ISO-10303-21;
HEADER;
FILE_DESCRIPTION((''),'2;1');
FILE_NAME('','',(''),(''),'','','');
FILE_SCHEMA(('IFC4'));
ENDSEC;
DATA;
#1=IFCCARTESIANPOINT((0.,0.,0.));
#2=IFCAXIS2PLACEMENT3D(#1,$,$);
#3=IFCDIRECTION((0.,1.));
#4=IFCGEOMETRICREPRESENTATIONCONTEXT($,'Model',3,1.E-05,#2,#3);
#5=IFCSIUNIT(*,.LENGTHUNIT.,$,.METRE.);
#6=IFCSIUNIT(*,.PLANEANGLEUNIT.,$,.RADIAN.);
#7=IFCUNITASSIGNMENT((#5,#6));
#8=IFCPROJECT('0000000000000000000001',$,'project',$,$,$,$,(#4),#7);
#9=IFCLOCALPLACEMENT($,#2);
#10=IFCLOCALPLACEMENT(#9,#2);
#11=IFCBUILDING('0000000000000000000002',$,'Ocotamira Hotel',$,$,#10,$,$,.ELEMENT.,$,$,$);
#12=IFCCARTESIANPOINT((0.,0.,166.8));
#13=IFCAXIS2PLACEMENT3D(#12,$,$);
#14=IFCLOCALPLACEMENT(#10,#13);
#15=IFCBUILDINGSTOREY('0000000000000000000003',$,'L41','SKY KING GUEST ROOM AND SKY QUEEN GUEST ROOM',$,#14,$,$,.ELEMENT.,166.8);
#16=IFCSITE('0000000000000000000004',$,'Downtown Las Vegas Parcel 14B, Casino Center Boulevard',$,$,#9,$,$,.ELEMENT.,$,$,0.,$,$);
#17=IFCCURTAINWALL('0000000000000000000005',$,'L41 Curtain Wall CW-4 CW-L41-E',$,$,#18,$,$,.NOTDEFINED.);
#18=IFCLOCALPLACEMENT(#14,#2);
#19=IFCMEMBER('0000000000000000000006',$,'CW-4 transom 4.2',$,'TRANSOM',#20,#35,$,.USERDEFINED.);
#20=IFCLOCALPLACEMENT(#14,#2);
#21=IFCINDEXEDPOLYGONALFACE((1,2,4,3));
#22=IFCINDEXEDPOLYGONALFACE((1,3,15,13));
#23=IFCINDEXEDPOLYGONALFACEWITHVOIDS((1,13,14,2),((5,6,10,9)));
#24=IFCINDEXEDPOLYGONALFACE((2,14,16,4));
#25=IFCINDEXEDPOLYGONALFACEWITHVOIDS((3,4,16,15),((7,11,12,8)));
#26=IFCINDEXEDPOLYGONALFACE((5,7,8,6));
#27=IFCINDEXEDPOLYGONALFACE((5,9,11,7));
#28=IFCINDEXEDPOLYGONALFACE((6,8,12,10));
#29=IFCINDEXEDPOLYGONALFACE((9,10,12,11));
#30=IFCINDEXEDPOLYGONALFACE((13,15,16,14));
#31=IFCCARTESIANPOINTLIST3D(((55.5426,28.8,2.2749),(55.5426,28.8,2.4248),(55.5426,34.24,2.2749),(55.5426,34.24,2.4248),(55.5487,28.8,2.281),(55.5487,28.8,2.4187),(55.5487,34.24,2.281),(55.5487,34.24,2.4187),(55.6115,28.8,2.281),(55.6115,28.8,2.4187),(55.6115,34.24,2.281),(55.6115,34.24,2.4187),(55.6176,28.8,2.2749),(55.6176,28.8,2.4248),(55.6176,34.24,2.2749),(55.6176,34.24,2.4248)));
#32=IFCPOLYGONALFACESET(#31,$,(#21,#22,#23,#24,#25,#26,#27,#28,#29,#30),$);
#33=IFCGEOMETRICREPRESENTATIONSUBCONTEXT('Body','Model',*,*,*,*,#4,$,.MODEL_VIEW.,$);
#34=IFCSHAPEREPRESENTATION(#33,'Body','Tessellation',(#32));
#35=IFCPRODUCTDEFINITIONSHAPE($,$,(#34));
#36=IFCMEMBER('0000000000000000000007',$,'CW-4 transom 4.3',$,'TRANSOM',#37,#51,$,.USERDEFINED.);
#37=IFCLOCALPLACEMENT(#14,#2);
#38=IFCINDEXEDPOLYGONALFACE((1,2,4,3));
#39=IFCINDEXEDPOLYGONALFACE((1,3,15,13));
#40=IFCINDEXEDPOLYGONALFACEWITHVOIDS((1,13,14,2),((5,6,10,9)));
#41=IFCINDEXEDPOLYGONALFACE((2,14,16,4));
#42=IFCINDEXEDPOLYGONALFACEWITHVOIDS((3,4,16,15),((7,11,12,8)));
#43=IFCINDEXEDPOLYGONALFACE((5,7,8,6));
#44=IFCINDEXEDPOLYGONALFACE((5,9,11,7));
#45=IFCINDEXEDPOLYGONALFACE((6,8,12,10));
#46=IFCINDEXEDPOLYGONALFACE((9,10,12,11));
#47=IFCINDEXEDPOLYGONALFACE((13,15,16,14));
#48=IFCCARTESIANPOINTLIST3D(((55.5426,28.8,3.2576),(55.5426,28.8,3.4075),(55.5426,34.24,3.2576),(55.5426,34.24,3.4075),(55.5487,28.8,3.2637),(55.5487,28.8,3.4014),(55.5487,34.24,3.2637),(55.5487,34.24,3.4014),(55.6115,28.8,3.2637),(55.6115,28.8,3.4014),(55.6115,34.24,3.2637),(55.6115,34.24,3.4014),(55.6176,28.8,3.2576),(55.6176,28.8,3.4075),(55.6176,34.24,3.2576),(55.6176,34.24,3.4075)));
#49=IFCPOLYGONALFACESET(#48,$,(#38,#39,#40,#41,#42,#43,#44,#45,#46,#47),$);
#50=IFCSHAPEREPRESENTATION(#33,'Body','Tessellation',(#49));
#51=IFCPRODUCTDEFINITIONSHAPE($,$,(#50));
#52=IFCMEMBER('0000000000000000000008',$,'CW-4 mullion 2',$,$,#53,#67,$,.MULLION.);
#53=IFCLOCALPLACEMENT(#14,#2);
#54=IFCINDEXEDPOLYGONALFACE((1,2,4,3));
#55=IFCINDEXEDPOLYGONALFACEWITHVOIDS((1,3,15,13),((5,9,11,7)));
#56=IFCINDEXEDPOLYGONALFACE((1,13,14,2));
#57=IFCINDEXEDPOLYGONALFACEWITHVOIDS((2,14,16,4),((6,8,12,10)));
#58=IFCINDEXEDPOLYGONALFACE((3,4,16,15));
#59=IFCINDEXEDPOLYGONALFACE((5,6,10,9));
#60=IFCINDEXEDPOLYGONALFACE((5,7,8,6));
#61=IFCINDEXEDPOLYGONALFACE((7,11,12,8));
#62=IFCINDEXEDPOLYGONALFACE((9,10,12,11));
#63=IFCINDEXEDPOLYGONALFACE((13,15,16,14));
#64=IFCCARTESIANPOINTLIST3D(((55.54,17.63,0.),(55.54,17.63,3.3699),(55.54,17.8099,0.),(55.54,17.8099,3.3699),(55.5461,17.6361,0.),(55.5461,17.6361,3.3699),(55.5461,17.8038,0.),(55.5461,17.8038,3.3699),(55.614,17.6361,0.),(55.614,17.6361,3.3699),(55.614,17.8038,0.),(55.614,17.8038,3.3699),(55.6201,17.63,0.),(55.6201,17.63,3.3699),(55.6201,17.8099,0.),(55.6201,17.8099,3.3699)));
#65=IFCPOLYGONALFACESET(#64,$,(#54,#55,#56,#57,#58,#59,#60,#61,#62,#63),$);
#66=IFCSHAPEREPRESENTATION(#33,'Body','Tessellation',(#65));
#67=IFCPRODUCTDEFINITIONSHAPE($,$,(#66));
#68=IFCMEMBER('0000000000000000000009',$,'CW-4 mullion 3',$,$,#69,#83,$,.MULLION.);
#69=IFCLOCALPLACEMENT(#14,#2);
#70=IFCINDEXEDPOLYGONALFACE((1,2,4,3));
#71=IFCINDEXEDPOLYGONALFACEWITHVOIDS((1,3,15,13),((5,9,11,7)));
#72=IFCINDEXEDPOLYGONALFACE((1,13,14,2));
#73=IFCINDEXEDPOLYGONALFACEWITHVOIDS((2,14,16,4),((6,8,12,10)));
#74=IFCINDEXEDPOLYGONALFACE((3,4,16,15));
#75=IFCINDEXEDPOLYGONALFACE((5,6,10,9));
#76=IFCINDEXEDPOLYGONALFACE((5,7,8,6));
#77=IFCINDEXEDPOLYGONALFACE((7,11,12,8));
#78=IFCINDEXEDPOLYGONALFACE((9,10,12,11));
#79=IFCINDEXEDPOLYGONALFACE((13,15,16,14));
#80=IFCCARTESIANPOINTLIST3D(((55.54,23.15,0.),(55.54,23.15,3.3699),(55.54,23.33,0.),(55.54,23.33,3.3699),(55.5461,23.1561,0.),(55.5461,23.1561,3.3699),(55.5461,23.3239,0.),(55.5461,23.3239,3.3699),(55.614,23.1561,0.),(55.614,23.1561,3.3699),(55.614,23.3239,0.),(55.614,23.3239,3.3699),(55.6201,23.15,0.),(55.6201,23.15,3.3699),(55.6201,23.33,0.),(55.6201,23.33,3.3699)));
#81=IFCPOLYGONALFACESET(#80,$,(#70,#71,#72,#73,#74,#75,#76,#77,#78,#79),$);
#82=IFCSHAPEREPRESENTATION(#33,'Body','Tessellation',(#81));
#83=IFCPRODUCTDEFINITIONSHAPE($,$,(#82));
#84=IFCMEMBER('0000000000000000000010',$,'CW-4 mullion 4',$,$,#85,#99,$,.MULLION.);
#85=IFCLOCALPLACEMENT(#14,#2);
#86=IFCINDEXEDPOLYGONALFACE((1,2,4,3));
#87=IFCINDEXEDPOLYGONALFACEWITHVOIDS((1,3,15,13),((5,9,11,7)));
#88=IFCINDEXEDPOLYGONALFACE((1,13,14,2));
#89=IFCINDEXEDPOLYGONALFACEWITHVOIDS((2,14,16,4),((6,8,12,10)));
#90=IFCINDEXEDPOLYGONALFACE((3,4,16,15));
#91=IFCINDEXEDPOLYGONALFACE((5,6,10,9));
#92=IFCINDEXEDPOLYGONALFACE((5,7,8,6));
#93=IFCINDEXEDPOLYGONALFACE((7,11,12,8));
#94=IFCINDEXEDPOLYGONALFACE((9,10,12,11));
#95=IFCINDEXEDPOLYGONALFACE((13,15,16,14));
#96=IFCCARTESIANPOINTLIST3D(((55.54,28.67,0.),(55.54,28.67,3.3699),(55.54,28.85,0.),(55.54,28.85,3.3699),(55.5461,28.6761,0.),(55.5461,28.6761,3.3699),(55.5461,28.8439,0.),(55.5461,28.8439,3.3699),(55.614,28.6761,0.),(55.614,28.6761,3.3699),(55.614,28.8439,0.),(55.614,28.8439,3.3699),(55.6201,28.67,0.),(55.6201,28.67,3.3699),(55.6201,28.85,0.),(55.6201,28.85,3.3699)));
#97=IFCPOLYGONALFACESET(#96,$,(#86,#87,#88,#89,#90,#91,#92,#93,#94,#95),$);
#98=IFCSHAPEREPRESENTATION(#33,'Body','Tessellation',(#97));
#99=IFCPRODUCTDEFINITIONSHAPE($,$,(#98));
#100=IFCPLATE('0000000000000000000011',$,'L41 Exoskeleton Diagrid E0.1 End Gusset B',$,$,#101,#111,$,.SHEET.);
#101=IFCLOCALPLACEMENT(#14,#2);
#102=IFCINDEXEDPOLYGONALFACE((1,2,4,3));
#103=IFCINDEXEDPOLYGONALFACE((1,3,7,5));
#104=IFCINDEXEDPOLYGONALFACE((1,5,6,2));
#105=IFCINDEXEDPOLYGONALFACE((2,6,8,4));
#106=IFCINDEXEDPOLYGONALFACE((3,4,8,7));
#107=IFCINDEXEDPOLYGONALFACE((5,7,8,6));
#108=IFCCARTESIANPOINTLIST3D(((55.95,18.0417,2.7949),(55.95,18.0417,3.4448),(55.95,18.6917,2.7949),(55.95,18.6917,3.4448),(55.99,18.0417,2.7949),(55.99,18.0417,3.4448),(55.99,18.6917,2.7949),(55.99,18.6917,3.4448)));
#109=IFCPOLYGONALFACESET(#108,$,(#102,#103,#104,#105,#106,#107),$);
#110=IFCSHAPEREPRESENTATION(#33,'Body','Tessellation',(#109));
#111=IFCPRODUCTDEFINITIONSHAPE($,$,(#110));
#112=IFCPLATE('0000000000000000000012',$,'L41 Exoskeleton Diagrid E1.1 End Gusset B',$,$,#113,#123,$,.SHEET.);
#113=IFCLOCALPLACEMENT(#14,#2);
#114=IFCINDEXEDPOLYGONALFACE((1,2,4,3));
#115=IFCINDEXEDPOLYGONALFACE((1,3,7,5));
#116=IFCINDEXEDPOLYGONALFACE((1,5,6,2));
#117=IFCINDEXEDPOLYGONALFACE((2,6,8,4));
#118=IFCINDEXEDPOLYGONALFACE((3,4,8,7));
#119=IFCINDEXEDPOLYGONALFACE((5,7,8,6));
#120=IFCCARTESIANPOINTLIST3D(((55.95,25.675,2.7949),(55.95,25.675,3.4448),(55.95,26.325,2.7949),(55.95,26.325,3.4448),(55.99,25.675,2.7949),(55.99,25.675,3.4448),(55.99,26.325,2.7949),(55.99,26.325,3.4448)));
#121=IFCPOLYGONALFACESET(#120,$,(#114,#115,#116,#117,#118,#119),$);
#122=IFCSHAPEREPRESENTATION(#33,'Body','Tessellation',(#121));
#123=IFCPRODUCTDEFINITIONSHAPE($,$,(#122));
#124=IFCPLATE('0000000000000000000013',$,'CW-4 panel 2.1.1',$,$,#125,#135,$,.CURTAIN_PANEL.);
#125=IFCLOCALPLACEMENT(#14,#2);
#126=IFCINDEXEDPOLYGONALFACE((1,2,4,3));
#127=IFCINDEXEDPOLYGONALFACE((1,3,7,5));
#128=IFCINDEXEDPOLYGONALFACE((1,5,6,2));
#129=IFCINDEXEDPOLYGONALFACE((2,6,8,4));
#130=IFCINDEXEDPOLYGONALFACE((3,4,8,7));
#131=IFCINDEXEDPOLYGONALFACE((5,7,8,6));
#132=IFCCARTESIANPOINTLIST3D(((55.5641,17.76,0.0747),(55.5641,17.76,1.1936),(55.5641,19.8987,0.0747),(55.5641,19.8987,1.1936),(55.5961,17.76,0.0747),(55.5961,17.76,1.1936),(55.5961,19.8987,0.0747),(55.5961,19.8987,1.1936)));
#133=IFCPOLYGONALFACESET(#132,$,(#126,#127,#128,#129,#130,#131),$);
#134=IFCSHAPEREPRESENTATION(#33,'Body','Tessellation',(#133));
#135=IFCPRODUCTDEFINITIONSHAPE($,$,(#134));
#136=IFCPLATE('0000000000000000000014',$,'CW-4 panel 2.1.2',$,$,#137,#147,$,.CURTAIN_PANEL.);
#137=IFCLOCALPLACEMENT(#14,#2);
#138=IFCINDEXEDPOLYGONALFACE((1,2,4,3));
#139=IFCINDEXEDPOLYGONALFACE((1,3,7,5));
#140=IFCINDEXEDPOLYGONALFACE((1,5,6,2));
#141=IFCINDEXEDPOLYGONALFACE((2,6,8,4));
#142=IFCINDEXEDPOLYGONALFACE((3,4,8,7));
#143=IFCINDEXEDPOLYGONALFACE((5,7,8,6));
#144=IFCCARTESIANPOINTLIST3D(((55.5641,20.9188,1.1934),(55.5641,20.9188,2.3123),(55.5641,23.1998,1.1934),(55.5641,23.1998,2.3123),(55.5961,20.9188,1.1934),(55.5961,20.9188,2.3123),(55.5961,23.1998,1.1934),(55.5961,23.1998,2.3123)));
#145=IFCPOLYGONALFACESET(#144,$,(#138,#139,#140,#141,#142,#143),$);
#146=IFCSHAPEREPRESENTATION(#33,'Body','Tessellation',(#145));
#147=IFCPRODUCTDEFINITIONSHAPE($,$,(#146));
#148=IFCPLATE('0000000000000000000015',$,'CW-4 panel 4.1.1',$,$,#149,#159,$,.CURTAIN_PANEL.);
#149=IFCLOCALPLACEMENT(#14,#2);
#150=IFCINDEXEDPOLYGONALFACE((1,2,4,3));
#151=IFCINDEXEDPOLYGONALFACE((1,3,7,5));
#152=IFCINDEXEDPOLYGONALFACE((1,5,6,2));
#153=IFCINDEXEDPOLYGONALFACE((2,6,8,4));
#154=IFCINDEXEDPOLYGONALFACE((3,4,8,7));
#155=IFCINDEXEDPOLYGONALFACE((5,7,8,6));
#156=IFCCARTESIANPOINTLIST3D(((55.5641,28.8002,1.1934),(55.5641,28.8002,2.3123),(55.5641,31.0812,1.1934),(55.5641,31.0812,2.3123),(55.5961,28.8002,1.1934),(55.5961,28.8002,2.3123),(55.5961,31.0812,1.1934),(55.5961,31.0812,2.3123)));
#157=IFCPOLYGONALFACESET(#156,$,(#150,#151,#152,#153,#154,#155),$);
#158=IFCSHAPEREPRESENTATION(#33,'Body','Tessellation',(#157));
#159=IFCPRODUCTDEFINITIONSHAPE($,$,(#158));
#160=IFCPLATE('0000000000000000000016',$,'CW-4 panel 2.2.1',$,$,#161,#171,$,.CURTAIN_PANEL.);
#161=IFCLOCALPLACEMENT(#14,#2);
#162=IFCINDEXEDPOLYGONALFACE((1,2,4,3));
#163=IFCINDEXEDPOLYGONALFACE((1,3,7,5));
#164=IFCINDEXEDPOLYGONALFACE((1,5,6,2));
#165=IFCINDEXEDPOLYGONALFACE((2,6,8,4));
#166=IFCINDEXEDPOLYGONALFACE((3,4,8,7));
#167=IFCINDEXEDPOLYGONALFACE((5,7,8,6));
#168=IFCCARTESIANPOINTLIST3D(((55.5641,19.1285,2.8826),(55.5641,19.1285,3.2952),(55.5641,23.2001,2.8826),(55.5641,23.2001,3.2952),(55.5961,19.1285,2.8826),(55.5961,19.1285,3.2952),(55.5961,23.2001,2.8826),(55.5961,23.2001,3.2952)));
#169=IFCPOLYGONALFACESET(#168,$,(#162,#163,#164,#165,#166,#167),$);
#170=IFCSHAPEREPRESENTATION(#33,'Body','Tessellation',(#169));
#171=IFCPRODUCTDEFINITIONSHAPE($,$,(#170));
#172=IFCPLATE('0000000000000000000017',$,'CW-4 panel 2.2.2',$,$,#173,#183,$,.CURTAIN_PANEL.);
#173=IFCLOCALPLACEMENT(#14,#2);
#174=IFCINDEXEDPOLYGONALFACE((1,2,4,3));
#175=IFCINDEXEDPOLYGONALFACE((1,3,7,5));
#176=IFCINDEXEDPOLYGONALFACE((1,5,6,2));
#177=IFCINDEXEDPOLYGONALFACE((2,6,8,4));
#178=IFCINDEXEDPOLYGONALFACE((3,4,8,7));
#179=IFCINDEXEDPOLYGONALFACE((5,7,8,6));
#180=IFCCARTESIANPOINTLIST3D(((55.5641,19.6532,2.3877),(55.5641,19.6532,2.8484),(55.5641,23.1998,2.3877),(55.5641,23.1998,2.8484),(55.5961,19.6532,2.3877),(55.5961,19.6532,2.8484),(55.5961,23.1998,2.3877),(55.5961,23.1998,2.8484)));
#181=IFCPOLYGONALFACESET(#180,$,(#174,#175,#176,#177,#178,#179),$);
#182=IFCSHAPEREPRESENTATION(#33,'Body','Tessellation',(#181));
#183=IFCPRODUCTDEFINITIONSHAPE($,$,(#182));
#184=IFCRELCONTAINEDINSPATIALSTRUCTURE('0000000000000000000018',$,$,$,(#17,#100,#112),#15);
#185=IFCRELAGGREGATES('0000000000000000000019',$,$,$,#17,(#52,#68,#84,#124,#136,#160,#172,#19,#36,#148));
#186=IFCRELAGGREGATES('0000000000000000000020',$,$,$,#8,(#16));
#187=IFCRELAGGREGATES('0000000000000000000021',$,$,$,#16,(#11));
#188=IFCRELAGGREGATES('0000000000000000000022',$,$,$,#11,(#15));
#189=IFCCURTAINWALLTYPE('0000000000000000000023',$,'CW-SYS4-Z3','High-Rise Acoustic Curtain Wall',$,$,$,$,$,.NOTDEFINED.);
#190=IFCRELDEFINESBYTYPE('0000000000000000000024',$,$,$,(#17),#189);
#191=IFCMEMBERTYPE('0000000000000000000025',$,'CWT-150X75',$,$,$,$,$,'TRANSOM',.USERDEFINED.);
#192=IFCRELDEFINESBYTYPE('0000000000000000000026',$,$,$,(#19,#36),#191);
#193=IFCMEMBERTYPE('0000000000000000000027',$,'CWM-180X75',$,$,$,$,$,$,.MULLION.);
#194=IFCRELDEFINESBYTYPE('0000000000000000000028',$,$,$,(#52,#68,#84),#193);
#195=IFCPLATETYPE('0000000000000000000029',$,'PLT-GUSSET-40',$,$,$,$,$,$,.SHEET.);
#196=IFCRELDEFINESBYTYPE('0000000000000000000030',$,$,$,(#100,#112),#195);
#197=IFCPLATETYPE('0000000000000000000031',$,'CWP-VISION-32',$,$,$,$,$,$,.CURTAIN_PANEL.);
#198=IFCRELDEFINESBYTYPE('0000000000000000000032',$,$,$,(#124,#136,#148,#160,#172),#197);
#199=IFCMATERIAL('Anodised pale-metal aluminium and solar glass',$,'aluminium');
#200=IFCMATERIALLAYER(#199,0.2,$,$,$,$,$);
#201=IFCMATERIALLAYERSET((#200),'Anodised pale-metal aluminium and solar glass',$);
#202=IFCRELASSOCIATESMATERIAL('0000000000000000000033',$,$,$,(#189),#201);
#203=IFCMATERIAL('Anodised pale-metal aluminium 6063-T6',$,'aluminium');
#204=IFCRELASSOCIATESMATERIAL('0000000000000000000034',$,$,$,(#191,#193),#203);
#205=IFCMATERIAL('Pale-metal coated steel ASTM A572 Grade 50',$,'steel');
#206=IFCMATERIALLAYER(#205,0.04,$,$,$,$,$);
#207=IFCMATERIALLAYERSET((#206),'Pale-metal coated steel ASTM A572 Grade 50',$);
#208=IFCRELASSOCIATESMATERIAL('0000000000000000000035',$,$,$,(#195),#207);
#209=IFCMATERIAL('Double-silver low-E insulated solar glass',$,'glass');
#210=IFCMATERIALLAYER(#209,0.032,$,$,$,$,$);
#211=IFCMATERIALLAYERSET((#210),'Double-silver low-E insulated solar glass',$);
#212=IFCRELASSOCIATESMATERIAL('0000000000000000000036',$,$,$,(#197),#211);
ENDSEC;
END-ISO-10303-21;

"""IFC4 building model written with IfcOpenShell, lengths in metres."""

from ifc_helpers import new_model, si_unit, direction, frame, origin, origin_2d, place, context, subcontext, project, spatial, rectangle, hollow_rectangle, extrude, source, transform, mapped, material, layer, layer_set, material_profile, profile_set, type_object, element, aggregate, save


model = new_model("IFC4")

# Units and contexts
model_context = context("Model", 3, precision=1e-05, world=origin(), true_north=direction((0.0, 1.0)))
body_context = subcontext(model_context, "Body", "Model", "MODEL_VIEW")
ifc_project = project(units=[si_unit("LENGTHUNIT", "METRE"), si_unit("PLANEANGLEUNIT", "RADIAN")], contexts=[model_context])

# Site, building, storey
site_placement = place(None, origin())
site = spatial("IfcSite", under=ifc_project, at=site_placement, Name="Downtown Las Vegas Parcel 14B, Casino Center Boulevard", CompositionType="ELEMENT", RefElevation=0.0)
building_placement = place(site_placement, origin())
building = spatial("IfcBuilding", under=site, at=building_placement, Name="Ocotamira Hotel", CompositionType="ELEMENT")
storey_placement = place(building_placement, frame((0.0, 0.0, 166.8)))
storey = spatial("IfcBuildingStorey", under=building, at=storey_placement, Name="L41", Description="SKY KING GUEST ROOM AND SKY QUEEN GUEST ROOM", CompositionType="ELEMENT", Elevation=166.8)

# Curtain wall, members
ifc_material_1 = material(Name="Anodised pale-metal aluminium and solar glass", Category="aluminium")
ifc_layer_1 = layer(ifc_material_1, 0.2)
ifc_layer_set_1 = layer_set([ifc_layer_1], Name="Anodised pale-metal aluminium and solar glass")
curtain_wall_type = type_object("IfcCurtainWallType", Name="CW-SYS4-Z3", Description="High-Rise Acoustic Curtain Wall", PredefinedType="NOTDEFINED", material=ifc_layer_set_1)
curtain_wall_placement = place(storey_placement, origin())
curtain_wall = element("IfcCurtainWall", 1, at=curtain_wall_placement, inside=storey, type_object=curtain_wall_type, Name="L41 Curtain Wall CW-4 CW-L41-E", PredefinedType="NOTDEFINED")
ifc_material_2 = material(Name="Anodised pale-metal aluminium 6063-T6", Category="aluminium")
ifc_material_profile_1 = material_profile(ifc_material_2, hollow_rectangle(XDim=0.075, YDim=0.1499, WallThickness=0.0061, at=origin_2d()), Name="HSS150X75X6")
ifc_profile_set_1 = profile_set([ifc_material_profile_1], Name="Anodised pale-metal aluminium 6063-T6")
member_type_1 = type_object("IfcMemberType", Name="CWT-150X75", ElementType="TRANSOM", PredefinedType="USERDEFINED", material=ifc_profile_set_1)
shared_shape_1 = source(origin(), body_context, "Body", "SweptSolid", [
    extrude(hollow_rectangle(XDim=0.075, YDim=0.1499, WallThickness=0.0061, at=origin_2d()), origin(), (0.0, 0.0, 1.0), 5.4399),
])
member_1_placement = place(storey_placement, frame((55.5801, 28.8, 2.3499), z_axis=(0.0, 1.0, 0.0), x_axis=(-1.0, 0.0, 0.0)))
member_1 = element("IfcMember", 2, at=member_1_placement, type_object=member_type_1, Name="CW-4 transom 4.2", ObjectType="TRANSOM", PredefinedType="USERDEFINED", context=body_context, shape_type="MappedRepresentation", body=[
    mapped(shared_shape_1, transform((0.0, 0.0, 0.0), scale=1.0)),
])
member_2_placement = place(storey_placement, frame((55.5801, 28.8, 3.3325), z_axis=(0.0, 1.0, 0.0), x_axis=(-1.0, 0.0, 0.0)))
member_2 = element("IfcMember", 3, at=member_2_placement, type_object=member_type_1, Name="CW-4 transom 4.3", ObjectType="TRANSOM", PredefinedType="USERDEFINED", context=body_context, shape_type="MappedRepresentation", body=[
    mapped(shared_shape_1, transform((0.0, 0.0, 0.0), scale=1.0)),
])
ifc_material_profile_2 = material_profile(ifc_material_2, hollow_rectangle(XDim=0.0801, YDim=0.1799, WallThickness=0.0061, at=origin_2d()), Name="HSS180X80X6")
ifc_profile_set_2 = profile_set([ifc_material_profile_2], Name="Anodised pale-metal aluminium 6063-T6")
member_type_2 = type_object("IfcMemberType", Name="CWM-180X75", PredefinedType="MULLION", material=ifc_profile_set_2)
shared_shape_2 = source(origin(), body_context, "Body", "SweptSolid", [
    extrude(hollow_rectangle(XDim=0.0801, YDim=0.1799, WallThickness=0.0061, at=origin_2d()), origin(), (0.0, 0.0, 1.0), 3.3699),
])
member_3_placement = place(storey_placement, frame((55.5801, 17.72, 0.0), z_axis=(0.0, 0.0, 1.0), x_axis=(-1.0, 0.0, 0.0)))
member_3 = element("IfcMember", 4, at=member_3_placement, type_object=member_type_2, Name="CW-4 mullion 2", PredefinedType="MULLION", context=body_context, shape_type="MappedRepresentation", body=[
    mapped(shared_shape_2, transform((0.0, 0.0, 0.0), scale=1.0)),
])
member_4_placement = place(storey_placement, frame((55.5801, 23.24, 0.0), z_axis=(0.0, 0.0, 1.0), x_axis=(-1.0, 0.0, 0.0)))
member_4 = element("IfcMember", 5, at=member_4_placement, type_object=member_type_2, Name="CW-4 mullion 3", PredefinedType="MULLION", context=body_context, shape_type="MappedRepresentation", body=[
    mapped(shared_shape_2, transform((0.0, 0.0, 0.0), scale=1.0)),
])
member_5_placement = place(storey_placement, frame((55.5801, 28.76, 0.0), z_axis=(0.0, 0.0, 1.0), x_axis=(-1.0, 0.0, 0.0)))
member_5 = element("IfcMember", 6, at=member_5_placement, type_object=member_type_2, Name="CW-4 mullion 4", PredefinedType="MULLION", context=body_context, shape_type="MappedRepresentation", body=[
    mapped(shared_shape_2, transform((0.0, 0.0, 0.0), scale=1.0)),
])

# Plates
ifc_material_3 = material(Name="Pale-metal coated steel ASTM A572 Grade 50", Category="steel")
ifc_layer_2 = layer(ifc_material_3, 0.04)
ifc_layer_set_2 = layer_set([ifc_layer_2], Name="Pale-metal coated steel ASTM A572 Grade 50")
plate_type_1 = type_object("IfcPlateType", Name="PLT-GUSSET-40", PredefinedType="SHEET", material=ifc_layer_set_2)
shared_shape_3 = source(origin(), body_context, "Body", "SweptSolid", [
    extrude(rectangle(XDim=0.04, YDim=0.6499, at=origin_2d()), origin(), (0.0, 0.0, 1.0), 0.6499),
])
for number, where, z_axis, x_axis, name in (
    (7, (55.97, 18.3667, 2.7949), (0.0, 0.0, 1.0), (1.0, 0.0, 0.0), "L41 Exoskeleton Diagrid E0.1 End Gusset B"),
    (8, (55.97, 26.0, 2.7949), (0.0, 0.0, 1.0), (1.0, 0.0, 0.0), "L41 Exoskeleton Diagrid E1.1 End Gusset B"),
):
    element("IfcPlate", number, at=place(storey_placement, frame(where, z_axis=z_axis, x_axis=x_axis)), inside=storey, type_object=plate_type_1, Name=name, PredefinedType="SHEET", context=body_context, shape_type="MappedRepresentation", body=[
        mapped(shared_shape_3, transform((0.0, 0.0, 0.0), scale=1.0)),
    ])

# Plates
ifc_material_4 = material(Name="Double-silver low-E insulated solar glass", Category="glass")
ifc_layer_3 = layer(ifc_material_4, 0.032)
ifc_layer_set_3 = layer_set([ifc_layer_3], Name="Double-silver low-E insulated solar glass")
plate_type_2 = type_object("IfcPlateType", Name="CWP-VISION-32", PredefinedType="CURTAIN_PANEL", material=ifc_layer_set_3)
shared_shape_4 = source(origin(), body_context, "Body", "SweptSolid", [
    extrude(rectangle(XDim=2.1387, YDim=0.032, at=origin_2d()), origin(), (0.0, 0.0, 1.0), 1.1189),
])
plate_1_placement = place(storey_placement, frame((55.5801, 18.8293, 0.0747), z_axis=(0.0, 0.0, 1.0), x_axis=(0.0, 1.0, 0.0)))
plate_1 = element("IfcPlate", 9, at=plate_1_placement, type_object=plate_type_2, Name="CW-4 panel 2.1.1", PredefinedType="CURTAIN_PANEL", context=body_context, shape_type="MappedRepresentation", body=[
    mapped(shared_shape_4, transform((0.0, 0.0, 0.0), scale=1.0)),
])
shared_shape_5 = source(origin(), body_context, "Body", "SweptSolid", [
    extrude(rectangle(XDim=2.281, YDim=0.032, at=origin_2d()), origin(), (0.0, 0.0, 1.0), 1.1189),
])
plate_2_placement = place(storey_placement, frame((55.5801, 22.0593, 1.1934), z_axis=(0.0, 0.0, 1.0), x_axis=(0.0, 1.0, 0.0)))
plate_2 = element("IfcPlate", 10, at=plate_2_placement, type_object=plate_type_2, Name="CW-4 panel 2.1.2", PredefinedType="CURTAIN_PANEL", context=body_context, shape_type="MappedRepresentation", body=[
    mapped(shared_shape_5, transform((0.0, 0.0, 0.0), scale=1.0)),
])
plate_3_placement = place(storey_placement, frame((55.5801, 29.9407, 1.1934), z_axis=(0.0, 0.0, 1.0), x_axis=(0.0, 1.0, 0.0)))
plate_3 = element("IfcPlate", 11, at=plate_3_placement, type_object=plate_type_2, Name="CW-4 panel 4.1.1", PredefinedType="CURTAIN_PANEL", context=body_context, shape_type="MappedRepresentation", body=[
    mapped(shared_shape_5, transform((0.0, 0.0, 0.0), scale=1.0)),
])
shared_shape_6 = source(origin(), body_context, "Body", "SweptSolid", [
    extrude(rectangle(XDim=4.0715, YDim=0.032, at=origin_2d()), origin(), (0.0, 0.0, 1.0), 0.4126),
])
plate_4_placement = place(storey_placement, frame((55.5801, 21.1643, 2.8826), z_axis=(0.0, 0.0, 1.0), x_axis=(0.0, 1.0, 0.0)))
plate_4 = element("IfcPlate", 12, at=plate_4_placement, type_object=plate_type_2, Name="CW-4 panel 2.2.1", PredefinedType="CURTAIN_PANEL", context=body_context, shape_type="MappedRepresentation", body=[
    mapped(shared_shape_6, transform((0.0, 0.0, 0.0), scale=1.0)),
])
shared_shape_7 = source(origin(), body_context, "Body", "SweptSolid", [
    extrude(rectangle(XDim=3.5466, YDim=0.032, at=origin_2d()), origin(), (0.0, 0.0, 1.0), 0.4607),
])
plate_5_placement = place(storey_placement, frame((55.5801, 21.4265, 2.3877), z_axis=(0.0, 0.0, 1.0), x_axis=(0.0, 1.0, 0.0)))
plate_5 = element("IfcPlate", 13, at=plate_5_placement, type_object=plate_type_2, Name="CW-4 panel 2.2.2", PredefinedType="CURTAIN_PANEL", context=body_context, shape_type="MappedRepresentation", body=[
    mapped(shared_shape_7, transform((0.0, 0.0, 0.0), scale=1.0)),
])
aggregate(curtain_wall, [member_3, member_4, member_5, plate_1, plate_2, plate_4, plate_5, member_1, member_2, plate_3])

save(model, "model.ifc")
